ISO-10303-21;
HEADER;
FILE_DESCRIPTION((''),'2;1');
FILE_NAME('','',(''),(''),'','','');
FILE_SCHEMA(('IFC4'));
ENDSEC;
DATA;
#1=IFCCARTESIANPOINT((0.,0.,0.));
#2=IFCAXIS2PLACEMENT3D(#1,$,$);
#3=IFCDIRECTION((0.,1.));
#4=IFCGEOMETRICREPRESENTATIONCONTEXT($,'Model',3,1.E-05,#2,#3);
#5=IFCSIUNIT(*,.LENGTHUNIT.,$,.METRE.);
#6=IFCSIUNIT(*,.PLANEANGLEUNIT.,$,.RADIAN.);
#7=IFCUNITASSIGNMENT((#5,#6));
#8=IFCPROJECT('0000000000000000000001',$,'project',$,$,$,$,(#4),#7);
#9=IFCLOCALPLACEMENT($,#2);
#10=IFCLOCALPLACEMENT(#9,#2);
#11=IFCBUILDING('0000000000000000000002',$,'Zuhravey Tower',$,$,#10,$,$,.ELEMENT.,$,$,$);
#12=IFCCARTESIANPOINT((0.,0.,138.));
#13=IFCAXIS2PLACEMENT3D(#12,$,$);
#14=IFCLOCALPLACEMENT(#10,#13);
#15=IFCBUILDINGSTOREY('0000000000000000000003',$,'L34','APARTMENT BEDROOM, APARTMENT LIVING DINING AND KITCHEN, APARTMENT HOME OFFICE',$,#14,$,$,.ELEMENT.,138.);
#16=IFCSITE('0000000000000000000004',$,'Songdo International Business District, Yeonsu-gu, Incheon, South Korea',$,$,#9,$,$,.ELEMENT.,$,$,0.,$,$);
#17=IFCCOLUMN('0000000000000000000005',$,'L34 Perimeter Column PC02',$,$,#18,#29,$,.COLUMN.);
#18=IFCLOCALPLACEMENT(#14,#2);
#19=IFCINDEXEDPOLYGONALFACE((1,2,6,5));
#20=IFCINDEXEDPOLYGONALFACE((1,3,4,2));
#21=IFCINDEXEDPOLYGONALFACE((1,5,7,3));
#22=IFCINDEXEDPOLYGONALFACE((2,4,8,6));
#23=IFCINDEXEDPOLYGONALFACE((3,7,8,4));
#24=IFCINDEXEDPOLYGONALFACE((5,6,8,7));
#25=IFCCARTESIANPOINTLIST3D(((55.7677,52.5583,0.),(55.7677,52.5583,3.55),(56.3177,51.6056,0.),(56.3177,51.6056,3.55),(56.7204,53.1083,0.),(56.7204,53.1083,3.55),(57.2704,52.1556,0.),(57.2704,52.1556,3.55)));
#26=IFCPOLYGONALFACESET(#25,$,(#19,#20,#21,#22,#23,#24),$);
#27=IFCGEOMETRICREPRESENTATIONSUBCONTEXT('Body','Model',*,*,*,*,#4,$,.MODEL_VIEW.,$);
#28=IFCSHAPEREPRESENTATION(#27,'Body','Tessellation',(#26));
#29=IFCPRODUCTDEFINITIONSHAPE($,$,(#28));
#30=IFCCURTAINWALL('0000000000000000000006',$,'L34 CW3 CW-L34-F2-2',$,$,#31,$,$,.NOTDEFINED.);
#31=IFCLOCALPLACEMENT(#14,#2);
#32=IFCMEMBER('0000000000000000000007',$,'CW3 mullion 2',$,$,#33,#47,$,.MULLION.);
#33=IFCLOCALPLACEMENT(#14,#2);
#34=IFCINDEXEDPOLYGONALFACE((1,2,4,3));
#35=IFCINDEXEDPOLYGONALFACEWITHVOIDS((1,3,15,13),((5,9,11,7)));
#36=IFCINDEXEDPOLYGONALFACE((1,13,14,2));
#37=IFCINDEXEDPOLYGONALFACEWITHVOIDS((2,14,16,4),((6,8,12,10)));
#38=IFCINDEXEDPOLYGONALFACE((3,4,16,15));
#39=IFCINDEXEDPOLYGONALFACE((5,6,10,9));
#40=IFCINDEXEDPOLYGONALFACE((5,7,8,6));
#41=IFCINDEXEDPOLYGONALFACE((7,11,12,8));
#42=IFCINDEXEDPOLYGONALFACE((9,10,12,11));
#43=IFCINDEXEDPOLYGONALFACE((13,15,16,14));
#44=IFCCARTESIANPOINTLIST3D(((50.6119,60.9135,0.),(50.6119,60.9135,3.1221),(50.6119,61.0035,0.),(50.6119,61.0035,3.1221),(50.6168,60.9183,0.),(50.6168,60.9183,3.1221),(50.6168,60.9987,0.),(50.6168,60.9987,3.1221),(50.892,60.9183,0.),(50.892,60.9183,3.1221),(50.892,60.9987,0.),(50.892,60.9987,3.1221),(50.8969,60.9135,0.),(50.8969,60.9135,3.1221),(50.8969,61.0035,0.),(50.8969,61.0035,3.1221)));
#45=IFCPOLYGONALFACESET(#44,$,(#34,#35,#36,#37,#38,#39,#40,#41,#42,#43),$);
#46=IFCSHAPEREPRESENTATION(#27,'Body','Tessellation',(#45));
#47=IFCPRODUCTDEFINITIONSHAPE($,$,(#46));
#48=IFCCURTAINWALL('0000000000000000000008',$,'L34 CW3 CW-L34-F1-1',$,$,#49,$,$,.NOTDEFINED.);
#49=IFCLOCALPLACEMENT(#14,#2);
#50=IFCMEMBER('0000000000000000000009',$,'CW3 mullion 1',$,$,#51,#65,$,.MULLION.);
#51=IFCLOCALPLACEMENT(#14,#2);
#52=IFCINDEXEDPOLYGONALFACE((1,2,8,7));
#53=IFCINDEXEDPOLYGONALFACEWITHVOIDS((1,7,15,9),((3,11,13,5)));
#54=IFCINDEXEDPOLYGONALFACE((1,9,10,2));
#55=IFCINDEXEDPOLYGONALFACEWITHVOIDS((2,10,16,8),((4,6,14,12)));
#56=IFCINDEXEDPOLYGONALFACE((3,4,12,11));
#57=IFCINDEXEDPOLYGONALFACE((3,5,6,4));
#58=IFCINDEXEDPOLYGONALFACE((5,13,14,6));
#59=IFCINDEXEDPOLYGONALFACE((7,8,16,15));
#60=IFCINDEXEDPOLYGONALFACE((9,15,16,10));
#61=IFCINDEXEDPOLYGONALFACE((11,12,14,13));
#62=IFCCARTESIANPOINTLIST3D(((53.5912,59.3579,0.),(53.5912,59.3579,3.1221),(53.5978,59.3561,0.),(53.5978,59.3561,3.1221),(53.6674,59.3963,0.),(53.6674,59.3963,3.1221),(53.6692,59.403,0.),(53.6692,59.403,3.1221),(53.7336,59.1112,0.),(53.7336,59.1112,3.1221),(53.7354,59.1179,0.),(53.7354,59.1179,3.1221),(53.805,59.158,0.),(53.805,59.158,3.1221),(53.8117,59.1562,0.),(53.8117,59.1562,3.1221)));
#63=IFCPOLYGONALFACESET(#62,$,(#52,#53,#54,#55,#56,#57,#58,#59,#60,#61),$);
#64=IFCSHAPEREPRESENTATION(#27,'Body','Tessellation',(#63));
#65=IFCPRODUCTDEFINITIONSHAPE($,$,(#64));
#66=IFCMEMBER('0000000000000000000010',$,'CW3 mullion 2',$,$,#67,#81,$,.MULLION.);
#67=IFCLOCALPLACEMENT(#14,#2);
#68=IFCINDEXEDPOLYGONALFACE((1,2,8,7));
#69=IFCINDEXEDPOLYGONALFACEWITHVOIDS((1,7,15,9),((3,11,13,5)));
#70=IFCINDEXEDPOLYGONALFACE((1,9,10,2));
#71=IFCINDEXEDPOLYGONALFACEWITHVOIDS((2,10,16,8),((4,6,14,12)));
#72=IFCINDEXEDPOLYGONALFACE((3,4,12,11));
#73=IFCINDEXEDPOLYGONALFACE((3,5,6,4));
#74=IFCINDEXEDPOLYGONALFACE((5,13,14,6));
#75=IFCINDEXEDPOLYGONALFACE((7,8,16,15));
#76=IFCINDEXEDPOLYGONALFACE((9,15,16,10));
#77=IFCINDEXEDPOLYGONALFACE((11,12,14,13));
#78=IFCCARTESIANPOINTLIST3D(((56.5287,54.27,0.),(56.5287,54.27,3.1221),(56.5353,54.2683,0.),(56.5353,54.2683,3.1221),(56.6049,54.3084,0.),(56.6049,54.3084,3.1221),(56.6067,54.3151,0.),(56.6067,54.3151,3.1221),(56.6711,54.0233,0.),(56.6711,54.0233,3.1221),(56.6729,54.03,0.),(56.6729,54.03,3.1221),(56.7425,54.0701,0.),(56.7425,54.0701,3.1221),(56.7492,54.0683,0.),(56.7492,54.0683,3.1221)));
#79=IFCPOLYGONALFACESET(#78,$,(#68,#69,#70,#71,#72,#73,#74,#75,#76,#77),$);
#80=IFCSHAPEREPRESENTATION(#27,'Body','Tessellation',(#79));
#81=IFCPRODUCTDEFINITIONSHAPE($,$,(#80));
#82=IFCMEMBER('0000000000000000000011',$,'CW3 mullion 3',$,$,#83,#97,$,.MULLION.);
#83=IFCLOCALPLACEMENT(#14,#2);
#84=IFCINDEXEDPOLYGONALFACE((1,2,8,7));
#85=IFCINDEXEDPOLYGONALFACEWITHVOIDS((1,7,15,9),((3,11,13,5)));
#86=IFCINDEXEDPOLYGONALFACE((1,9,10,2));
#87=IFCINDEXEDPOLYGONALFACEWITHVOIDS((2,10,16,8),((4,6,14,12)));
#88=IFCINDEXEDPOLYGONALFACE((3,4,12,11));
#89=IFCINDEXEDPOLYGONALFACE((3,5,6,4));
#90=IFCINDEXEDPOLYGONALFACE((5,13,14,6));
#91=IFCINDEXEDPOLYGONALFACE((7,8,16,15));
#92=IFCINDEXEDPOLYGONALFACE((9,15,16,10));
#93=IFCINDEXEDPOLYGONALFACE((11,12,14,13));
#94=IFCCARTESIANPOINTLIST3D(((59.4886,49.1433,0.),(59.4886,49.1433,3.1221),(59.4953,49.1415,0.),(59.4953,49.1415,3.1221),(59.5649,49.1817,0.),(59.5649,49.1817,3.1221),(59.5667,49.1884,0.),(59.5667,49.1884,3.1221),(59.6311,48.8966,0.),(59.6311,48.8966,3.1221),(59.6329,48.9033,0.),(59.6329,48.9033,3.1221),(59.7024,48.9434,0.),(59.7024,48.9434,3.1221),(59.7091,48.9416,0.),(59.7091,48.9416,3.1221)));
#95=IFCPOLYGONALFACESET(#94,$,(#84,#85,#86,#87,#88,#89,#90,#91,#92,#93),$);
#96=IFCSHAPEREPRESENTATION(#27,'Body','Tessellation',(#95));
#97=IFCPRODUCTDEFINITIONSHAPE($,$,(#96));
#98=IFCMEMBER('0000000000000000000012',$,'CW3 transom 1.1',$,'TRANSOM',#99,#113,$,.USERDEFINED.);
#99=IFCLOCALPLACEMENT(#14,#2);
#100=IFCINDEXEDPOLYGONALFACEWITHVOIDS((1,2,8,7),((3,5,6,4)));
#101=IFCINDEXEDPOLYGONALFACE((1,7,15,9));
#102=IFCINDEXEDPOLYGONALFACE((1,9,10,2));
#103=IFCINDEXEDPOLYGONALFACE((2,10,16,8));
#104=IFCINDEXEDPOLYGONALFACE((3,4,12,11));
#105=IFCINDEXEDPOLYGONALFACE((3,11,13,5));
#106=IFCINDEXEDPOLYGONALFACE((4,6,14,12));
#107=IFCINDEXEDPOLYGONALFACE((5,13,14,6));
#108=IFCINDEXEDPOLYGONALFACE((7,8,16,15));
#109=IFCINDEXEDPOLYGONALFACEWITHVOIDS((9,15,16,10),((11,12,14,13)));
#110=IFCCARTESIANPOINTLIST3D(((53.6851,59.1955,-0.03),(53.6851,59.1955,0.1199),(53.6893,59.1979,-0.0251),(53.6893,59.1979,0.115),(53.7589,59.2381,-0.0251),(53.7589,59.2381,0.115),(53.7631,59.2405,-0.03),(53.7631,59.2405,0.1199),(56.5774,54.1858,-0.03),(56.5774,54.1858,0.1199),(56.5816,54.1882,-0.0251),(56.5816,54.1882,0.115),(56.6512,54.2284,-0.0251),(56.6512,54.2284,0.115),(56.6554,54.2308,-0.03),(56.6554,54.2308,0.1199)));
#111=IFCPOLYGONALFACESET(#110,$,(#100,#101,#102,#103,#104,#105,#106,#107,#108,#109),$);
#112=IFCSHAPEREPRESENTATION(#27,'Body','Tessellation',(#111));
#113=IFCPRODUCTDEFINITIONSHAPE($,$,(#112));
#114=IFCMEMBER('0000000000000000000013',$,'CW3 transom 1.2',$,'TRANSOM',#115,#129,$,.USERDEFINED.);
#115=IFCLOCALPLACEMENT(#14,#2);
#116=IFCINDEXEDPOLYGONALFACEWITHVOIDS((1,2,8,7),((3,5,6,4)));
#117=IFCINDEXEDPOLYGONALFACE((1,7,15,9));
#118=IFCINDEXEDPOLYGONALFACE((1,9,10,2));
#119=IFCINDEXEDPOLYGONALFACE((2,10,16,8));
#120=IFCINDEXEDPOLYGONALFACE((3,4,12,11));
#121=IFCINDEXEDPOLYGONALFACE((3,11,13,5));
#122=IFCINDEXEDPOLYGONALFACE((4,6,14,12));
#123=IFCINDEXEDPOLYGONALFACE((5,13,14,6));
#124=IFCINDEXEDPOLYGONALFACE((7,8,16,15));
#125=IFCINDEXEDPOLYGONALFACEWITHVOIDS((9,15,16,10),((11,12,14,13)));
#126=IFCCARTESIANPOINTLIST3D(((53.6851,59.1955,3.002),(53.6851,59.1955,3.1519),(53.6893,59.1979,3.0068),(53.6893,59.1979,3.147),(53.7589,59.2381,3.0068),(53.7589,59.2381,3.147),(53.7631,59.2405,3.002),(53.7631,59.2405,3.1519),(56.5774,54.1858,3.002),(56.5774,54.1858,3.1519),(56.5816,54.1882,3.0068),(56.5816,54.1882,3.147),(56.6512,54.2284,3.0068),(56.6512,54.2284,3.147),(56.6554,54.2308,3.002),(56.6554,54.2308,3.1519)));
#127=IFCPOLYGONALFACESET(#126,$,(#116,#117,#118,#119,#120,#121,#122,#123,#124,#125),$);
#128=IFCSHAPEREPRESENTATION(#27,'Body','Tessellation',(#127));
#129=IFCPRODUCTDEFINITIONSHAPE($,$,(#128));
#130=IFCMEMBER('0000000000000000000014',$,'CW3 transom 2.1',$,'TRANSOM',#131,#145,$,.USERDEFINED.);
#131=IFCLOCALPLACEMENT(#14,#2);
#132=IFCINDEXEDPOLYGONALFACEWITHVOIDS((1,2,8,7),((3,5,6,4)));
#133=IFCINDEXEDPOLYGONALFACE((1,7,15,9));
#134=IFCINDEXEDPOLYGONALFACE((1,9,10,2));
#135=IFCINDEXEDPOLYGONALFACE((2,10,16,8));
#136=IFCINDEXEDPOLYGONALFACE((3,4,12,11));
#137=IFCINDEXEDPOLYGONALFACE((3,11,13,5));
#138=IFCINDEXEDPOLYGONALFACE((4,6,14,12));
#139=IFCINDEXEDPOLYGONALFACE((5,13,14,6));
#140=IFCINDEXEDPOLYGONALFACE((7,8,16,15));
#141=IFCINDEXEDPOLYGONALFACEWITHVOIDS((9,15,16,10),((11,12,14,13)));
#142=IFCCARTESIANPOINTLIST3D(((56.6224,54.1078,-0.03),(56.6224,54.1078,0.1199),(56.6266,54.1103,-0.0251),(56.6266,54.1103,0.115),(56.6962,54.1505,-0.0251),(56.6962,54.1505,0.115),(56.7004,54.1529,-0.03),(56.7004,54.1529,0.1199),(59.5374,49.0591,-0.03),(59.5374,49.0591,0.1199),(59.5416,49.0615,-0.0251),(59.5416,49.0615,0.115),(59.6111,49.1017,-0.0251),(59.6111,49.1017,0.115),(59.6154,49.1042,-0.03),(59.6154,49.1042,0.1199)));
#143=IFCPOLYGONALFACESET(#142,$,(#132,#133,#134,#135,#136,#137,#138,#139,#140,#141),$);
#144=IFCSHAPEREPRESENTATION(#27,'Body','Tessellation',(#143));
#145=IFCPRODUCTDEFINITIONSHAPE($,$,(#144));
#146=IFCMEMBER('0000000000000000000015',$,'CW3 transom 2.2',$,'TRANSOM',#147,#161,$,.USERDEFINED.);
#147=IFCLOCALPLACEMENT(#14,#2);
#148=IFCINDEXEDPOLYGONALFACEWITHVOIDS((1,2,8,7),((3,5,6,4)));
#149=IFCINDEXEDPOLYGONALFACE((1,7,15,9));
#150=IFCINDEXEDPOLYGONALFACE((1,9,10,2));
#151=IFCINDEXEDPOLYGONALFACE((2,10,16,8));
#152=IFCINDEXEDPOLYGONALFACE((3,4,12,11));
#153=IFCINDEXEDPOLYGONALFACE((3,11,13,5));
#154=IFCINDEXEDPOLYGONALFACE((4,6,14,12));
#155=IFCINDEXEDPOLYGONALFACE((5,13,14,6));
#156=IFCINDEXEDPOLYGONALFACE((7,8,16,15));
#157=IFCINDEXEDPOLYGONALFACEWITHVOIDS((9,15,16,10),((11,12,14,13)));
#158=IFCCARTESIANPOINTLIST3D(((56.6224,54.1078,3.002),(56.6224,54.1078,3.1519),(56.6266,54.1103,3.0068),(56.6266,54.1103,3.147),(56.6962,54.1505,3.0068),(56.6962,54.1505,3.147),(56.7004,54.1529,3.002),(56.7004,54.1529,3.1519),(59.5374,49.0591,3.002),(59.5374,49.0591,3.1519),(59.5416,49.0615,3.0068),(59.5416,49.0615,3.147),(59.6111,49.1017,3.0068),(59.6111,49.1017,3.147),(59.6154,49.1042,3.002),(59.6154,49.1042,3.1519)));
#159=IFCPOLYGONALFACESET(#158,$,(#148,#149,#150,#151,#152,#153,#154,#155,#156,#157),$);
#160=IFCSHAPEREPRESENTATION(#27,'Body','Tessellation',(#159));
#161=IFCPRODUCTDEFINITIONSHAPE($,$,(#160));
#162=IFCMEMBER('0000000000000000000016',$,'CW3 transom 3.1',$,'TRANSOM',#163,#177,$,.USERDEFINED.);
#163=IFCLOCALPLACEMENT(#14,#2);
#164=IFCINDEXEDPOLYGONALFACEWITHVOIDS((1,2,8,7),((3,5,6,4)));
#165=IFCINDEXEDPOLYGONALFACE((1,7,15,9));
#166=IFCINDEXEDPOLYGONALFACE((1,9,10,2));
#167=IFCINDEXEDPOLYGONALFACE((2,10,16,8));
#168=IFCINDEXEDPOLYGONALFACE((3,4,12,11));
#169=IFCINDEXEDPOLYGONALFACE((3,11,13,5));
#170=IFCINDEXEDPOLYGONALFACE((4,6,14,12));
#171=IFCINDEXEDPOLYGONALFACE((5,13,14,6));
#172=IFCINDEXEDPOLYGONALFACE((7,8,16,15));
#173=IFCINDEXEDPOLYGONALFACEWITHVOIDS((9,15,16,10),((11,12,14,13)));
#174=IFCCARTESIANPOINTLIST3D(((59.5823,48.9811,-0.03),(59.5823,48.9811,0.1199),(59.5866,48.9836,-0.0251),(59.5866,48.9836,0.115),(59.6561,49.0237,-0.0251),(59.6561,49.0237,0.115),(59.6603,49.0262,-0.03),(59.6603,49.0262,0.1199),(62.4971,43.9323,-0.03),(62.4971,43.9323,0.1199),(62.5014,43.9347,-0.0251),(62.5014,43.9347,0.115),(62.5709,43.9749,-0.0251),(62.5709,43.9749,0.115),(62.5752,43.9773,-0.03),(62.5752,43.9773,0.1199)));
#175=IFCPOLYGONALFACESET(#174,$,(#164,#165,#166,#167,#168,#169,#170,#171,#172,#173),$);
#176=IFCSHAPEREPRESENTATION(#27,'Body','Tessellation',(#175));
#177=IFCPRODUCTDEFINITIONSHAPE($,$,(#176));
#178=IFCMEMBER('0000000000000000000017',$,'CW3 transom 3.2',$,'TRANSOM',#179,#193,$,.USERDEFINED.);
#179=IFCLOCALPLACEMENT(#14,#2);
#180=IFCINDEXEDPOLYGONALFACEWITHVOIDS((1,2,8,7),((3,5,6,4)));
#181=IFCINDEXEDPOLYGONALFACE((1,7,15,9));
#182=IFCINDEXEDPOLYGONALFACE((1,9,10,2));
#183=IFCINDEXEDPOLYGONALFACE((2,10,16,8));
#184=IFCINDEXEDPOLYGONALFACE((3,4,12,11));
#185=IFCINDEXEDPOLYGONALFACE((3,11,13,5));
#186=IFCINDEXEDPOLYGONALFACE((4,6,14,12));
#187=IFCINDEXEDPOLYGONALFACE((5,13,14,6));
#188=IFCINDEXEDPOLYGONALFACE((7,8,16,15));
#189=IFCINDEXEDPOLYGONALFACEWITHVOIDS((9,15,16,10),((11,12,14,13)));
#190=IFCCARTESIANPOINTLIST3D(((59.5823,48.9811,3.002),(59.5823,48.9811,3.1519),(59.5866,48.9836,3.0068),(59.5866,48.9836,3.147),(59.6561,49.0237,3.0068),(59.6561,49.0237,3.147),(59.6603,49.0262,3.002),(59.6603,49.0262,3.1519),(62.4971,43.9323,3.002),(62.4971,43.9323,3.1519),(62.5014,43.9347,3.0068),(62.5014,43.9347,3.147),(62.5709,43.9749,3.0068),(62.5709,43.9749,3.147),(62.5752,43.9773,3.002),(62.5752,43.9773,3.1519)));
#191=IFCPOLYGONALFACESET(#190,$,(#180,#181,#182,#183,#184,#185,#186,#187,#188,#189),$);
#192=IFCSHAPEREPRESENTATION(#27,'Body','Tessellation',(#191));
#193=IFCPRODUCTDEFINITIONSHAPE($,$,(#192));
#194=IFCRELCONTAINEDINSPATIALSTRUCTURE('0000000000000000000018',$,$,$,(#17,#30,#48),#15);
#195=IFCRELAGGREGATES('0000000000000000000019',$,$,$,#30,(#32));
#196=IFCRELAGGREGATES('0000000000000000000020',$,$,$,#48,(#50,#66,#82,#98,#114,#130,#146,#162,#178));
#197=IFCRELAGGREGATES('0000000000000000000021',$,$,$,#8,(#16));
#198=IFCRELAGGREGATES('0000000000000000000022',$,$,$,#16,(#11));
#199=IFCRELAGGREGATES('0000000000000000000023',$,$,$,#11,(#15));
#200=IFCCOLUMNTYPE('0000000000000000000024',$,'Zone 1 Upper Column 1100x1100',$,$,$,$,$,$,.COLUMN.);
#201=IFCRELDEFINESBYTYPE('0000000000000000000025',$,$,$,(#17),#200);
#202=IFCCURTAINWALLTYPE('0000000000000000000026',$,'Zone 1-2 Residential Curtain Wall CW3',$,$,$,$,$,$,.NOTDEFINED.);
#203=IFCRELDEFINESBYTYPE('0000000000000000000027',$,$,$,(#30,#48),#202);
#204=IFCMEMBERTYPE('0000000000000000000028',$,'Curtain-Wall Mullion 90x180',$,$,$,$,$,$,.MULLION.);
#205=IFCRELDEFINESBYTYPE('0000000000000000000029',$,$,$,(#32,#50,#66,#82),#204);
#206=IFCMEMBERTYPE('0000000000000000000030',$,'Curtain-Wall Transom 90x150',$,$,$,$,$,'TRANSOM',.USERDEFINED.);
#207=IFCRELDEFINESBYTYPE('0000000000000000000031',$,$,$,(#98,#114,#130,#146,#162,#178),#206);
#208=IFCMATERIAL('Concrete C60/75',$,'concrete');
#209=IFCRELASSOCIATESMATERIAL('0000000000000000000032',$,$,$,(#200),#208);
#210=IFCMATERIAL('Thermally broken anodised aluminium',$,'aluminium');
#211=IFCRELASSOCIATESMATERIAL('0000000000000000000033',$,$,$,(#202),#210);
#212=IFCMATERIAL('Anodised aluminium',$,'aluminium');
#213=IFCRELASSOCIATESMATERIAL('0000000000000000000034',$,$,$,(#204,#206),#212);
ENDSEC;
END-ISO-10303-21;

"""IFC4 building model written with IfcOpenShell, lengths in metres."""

from ifc_helpers import new_model, si_unit, direction, frame, origin, origin_2d, place, context, subcontext, project, spatial, rectangle, hollow_rectangle, extrude, material, material_profile, profile_set, type_object, element, aggregate, save


model = new_model("IFC4")

# Units and contexts
model_context = context("Model", 3, precision=1e-05, world=origin(), true_north=direction((0.0, 1.0)))
body_context = subcontext(model_context, "Body", "Model", "MODEL_VIEW")
ifc_project = project(units=[si_unit("LENGTHUNIT", "METRE"), si_unit("PLANEANGLEUNIT", "RADIAN")], contexts=[model_context])

# Site, building, storey
site_placement = place(None, origin())
site = spatial("IfcSite", under=ifc_project, at=site_placement, Name="Songdo International Business District, Yeonsu-gu, Incheon, South Korea", CompositionType="ELEMENT", RefElevation=0.0)
building_placement = place(site_placement, origin())
building = spatial("IfcBuilding", under=site, at=building_placement, Name="Zuhravey Tower", CompositionType="ELEMENT")
storey_placement = place(building_placement, frame((0.0, 0.0, 138.0)))
storey = spatial("IfcBuildingStorey", under=building, at=storey_placement, Name="L34", Description="APARTMENT BEDROOM, APARTMENT LIVING DINING AND KITCHEN, APARTMENT HOME OFFICE", CompositionType="ELEMENT", Elevation=138.0)

# Column
ifc_material_1 = material(Name="Concrete C60/75", Category="concrete")
ifc_material_profile_1 = material_profile(ifc_material_1, rectangle(XDim=1.1001, YDim=1.1001, at=origin_2d()), Name="RC-1100x1100")
ifc_profile_set_1 = profile_set([ifc_material_profile_1], Name="Concrete C60/75")
column_type = type_object("IfcColumnType", Name="Zone 1 Upper Column 1100x1100", PredefinedType="COLUMN", material=ifc_profile_set_1)
column_placement = place(storey_placement, frame((56.519, 52.3569, 0.0), z_axis=(0.0, 0.0, 1.0), x_axis=(-0.5, 0.866025, 0.0)))
element("IfcColumn", 1, at=column_placement, inside=storey, type_object=column_type, Name="L34 Perimeter Column PC02", PredefinedType="COLUMN", context=body_context, shape_type="SweptSolid", body=[
    extrude(rectangle(XDim=1.1001, YDim=1.1001, at=origin_2d()), origin(), (0.0, 0.0, 1.0), 3.55),
])

# Curtain wall, member
ifc_material_2 = material(Name="Thermally broken anodised aluminium", Category="aluminium")
curtain_wall_type = type_object("IfcCurtainWallType", Name="Zone 1-2 Residential Curtain Wall CW3", PredefinedType="NOTDEFINED", material=ifc_material_2)
curtain_wall_1_placement = place(storey_placement, origin())
curtain_wall_1 = element("IfcCurtainWall", 2, at=curtain_wall_1_placement, inside=storey, type_object=curtain_wall_type, Name="L34 CW3 CW-L34-F2-2", PredefinedType="NOTDEFINED")
ifc_material_3 = material(Name="Anodised aluminium", Category="aluminium")
ifc_material_profile_2 = material_profile(ifc_material_3, hollow_rectangle(XDim=0.0901, YDim=0.2849, WallThickness=0.0049, at=origin_2d()), Name="ALU-RHS-90x285x5")
ifc_profile_set_2 = profile_set([ifc_material_profile_2], Name="Anodised aluminium")
member_type_1 = type_object("IfcMemberType", Name="Curtain-Wall Mullion 90x180", PredefinedType="MULLION", material=ifc_profile_set_2)
member_1_placement = place(storey_placement, frame((50.7544, 60.9585, 0.0), z_axis=(0.0, 0.0, 1.0), x_axis=(0.0, 1.0, 0.0)))
member_1 = element("IfcMember", 3, at=member_1_placement, type_object=member_type_1, Name="CW3 mullion 2", PredefinedType="MULLION", context=body_context, shape_type="SweptSolid", body=[
    extrude(hollow_rectangle(XDim=0.0901, YDim=0.2849, WallThickness=0.0049, at=origin_2d()), origin(), (0.0, 0.0, 1.0), 3.1221),
])

# Curtain wall, members
curtain_wall_2_placement = place(storey_placement, origin())
curtain_wall_2 = element("IfcCurtainWall", 4, at=curtain_wall_2_placement, inside=storey, type_object=curtain_wall_type, Name="L34 CW3 CW-L34-F1-1", PredefinedType="NOTDEFINED")
member_2_placement = place(storey_placement, frame((53.7014, 59.2571, 0.0), z_axis=(0.0, 0.0, 1.0), x_axis=(0.866026, 0.5, 0.0)))
member_2 = element("IfcMember", 5, at=member_2_placement, type_object=member_type_1, Name="CW3 mullion 1", PredefinedType="MULLION", context=body_context, shape_type="SweptSolid", body=[
    extrude(hollow_rectangle(XDim=0.0901, YDim=0.2849, WallThickness=0.0049, at=origin_2d()), origin(), (0.0, 0.0, 1.0), 3.1221),
])
member_3_placement = place(storey_placement, frame((56.6389, 54.1692, 0.0), z_axis=(0.0, 0.0, 1.0), x_axis=(0.866026, 0.5, 0.0)))
member_3 = element("IfcMember", 6, at=member_3_placement, type_object=member_type_1, Name="CW3 mullion 2", PredefinedType="MULLION", context=body_context, shape_type="SweptSolid", body=[
    extrude(hollow_rectangle(XDim=0.0901, YDim=0.2849, WallThickness=0.0049, at=origin_2d()), origin(), (0.0, 0.0, 1.0), 3.1221),
])
member_4_placement = place(storey_placement, frame((59.5989, 49.0425, 0.0), z_axis=(0.0, 0.0, 1.0), x_axis=(0.866026, 0.5, 0.0)))
member_4 = element("IfcMember", 7, at=member_4_placement, type_object=member_type_1, Name="CW3 mullion 3", PredefinedType="MULLION", context=body_context, shape_type="SweptSolid", body=[
    extrude(hollow_rectangle(XDim=0.0901, YDim=0.2849, WallThickness=0.0049, at=origin_2d()), origin(), (0.0, 0.0, 1.0), 3.1221),
])
ifc_material_profile_3 = material_profile(ifc_material_3, hollow_rectangle(XDim=0.0901, YDim=0.1499, WallThickness=0.0049, at=origin_2d()), Name="ALU-RHS-90x150x5")
ifc_profile_set_3 = profile_set([ifc_material_profile_3], Name="Anodised aluminium")
member_type_2 = type_object("IfcMemberType", Name="Curtain-Wall Transom 90x150", ElementType="TRANSOM", PredefinedType="USERDEFINED", material=ifc_profile_set_3)
member_5_placement = place(storey_placement, frame((53.7241, 59.218, 0.0449), z_axis=(0.499993, -0.86603, 0.0), x_axis=(0.86603, 0.499993, 0.0)))
member_5 = element("IfcMember", 8, at=member_5_placement, type_object=member_type_2, Name="CW3 transom 1.1", ObjectType="TRANSOM", PredefinedType="USERDEFINED", context=body_context, shape_type="SweptSolid", body=[
    extrude(hollow_rectangle(XDim=0.0901, YDim=0.1499, WallThickness=0.0049, at=origin_2d()), origin(), (0.0, 0.0, 1.0), 5.7847),
])
member_6_placement = place(storey_placement, frame((53.7241, 59.218, 3.0769), z_axis=(0.499993, -0.86603, 0.0), x_axis=(0.86603, 0.499993, 0.0)))
member_6 = element("IfcMember", 9, at=member_6_placement, type_object=member_type_2, Name="CW3 transom 1.2", ObjectType="TRANSOM", PredefinedType="USERDEFINED", context=body_context, shape_type="SweptSolid", body=[
    extrude(hollow_rectangle(XDim=0.0901, YDim=0.1499, WallThickness=0.0049, at=origin_2d()), origin(), (0.0, 0.0, 1.0), 5.7847),
])
member_7_placement = place(storey_placement, frame((56.6614, 54.1304, 0.0449), z_axis=(0.500012, -0.866018, 0.0), x_axis=(0.866018, 0.500012, 0.0)))
member_7 = element("IfcMember", 10, at=member_7_placement, type_object=member_type_2, Name="CW3 transom 2.1", ObjectType="TRANSOM", PredefinedType="USERDEFINED", context=body_context, shape_type="SweptSolid", body=[
    extrude(hollow_rectangle(XDim=0.0901, YDim=0.1499, WallThickness=0.0049, at=origin_2d()), origin(), (0.0, 0.0, 1.0), 5.8298),
])
member_8_placement = place(storey_placement, frame((56.6614, 54.1304, 3.0769), z_axis=(0.500012, -0.866018, 0.0), x_axis=(0.866018, 0.500012, 0.0)))
member_8 = element("IfcMember", 11, at=member_8_placement, type_object=member_type_2, Name="CW3 transom 2.2", ObjectType="TRANSOM", PredefinedType="USERDEFINED", context=body_context, shape_type="SweptSolid", body=[
    extrude(hollow_rectangle(XDim=0.0901, YDim=0.1499, WallThickness=0.0049, at=origin_2d()), origin(), (0.0, 0.0, 1.0), 5.8298),
])
member_9_placement = place(storey_placement, frame((59.6213, 49.0037, 0.0449), z_axis=(0.499981, -0.866036, 0.0), x_axis=(0.866036, 0.499981, 0.0)))
member_9 = element("IfcMember", 12, at=member_9_placement, type_object=member_type_2, Name="CW3 transom 3.1", ObjectType="TRANSOM", PredefinedType="USERDEFINED", context=body_context, shape_type="SweptSolid", body=[
    extrude(hollow_rectangle(XDim=0.0901, YDim=0.1499, WallThickness=0.0049, at=origin_2d()), origin(), (0.0, 0.0, 1.0), 5.8298),
])
member_10_placement = place(storey_placement, frame((59.6213, 49.0037, 3.0769), z_axis=(0.499981, -0.866036, 0.0), x_axis=(0.866036, 0.499981, 0.0)))
member_10 = element("IfcMember", 13, at=member_10_placement, type_object=member_type_2, Name="CW3 transom 3.2", ObjectType="TRANSOM", PredefinedType="USERDEFINED", context=body_context, shape_type="SweptSolid", body=[
    extrude(hollow_rectangle(XDim=0.0901, YDim=0.1499, WallThickness=0.0049, at=origin_2d()), origin(), (0.0, 0.0, 1.0), 5.8298),
])

aggregate(curtain_wall_1, [member_1])
aggregate(curtain_wall_2, [member_2, member_3, member_4, member_5, member_6, member_7, member_8, member_9, member_10])

save(model, "model.ifc")
